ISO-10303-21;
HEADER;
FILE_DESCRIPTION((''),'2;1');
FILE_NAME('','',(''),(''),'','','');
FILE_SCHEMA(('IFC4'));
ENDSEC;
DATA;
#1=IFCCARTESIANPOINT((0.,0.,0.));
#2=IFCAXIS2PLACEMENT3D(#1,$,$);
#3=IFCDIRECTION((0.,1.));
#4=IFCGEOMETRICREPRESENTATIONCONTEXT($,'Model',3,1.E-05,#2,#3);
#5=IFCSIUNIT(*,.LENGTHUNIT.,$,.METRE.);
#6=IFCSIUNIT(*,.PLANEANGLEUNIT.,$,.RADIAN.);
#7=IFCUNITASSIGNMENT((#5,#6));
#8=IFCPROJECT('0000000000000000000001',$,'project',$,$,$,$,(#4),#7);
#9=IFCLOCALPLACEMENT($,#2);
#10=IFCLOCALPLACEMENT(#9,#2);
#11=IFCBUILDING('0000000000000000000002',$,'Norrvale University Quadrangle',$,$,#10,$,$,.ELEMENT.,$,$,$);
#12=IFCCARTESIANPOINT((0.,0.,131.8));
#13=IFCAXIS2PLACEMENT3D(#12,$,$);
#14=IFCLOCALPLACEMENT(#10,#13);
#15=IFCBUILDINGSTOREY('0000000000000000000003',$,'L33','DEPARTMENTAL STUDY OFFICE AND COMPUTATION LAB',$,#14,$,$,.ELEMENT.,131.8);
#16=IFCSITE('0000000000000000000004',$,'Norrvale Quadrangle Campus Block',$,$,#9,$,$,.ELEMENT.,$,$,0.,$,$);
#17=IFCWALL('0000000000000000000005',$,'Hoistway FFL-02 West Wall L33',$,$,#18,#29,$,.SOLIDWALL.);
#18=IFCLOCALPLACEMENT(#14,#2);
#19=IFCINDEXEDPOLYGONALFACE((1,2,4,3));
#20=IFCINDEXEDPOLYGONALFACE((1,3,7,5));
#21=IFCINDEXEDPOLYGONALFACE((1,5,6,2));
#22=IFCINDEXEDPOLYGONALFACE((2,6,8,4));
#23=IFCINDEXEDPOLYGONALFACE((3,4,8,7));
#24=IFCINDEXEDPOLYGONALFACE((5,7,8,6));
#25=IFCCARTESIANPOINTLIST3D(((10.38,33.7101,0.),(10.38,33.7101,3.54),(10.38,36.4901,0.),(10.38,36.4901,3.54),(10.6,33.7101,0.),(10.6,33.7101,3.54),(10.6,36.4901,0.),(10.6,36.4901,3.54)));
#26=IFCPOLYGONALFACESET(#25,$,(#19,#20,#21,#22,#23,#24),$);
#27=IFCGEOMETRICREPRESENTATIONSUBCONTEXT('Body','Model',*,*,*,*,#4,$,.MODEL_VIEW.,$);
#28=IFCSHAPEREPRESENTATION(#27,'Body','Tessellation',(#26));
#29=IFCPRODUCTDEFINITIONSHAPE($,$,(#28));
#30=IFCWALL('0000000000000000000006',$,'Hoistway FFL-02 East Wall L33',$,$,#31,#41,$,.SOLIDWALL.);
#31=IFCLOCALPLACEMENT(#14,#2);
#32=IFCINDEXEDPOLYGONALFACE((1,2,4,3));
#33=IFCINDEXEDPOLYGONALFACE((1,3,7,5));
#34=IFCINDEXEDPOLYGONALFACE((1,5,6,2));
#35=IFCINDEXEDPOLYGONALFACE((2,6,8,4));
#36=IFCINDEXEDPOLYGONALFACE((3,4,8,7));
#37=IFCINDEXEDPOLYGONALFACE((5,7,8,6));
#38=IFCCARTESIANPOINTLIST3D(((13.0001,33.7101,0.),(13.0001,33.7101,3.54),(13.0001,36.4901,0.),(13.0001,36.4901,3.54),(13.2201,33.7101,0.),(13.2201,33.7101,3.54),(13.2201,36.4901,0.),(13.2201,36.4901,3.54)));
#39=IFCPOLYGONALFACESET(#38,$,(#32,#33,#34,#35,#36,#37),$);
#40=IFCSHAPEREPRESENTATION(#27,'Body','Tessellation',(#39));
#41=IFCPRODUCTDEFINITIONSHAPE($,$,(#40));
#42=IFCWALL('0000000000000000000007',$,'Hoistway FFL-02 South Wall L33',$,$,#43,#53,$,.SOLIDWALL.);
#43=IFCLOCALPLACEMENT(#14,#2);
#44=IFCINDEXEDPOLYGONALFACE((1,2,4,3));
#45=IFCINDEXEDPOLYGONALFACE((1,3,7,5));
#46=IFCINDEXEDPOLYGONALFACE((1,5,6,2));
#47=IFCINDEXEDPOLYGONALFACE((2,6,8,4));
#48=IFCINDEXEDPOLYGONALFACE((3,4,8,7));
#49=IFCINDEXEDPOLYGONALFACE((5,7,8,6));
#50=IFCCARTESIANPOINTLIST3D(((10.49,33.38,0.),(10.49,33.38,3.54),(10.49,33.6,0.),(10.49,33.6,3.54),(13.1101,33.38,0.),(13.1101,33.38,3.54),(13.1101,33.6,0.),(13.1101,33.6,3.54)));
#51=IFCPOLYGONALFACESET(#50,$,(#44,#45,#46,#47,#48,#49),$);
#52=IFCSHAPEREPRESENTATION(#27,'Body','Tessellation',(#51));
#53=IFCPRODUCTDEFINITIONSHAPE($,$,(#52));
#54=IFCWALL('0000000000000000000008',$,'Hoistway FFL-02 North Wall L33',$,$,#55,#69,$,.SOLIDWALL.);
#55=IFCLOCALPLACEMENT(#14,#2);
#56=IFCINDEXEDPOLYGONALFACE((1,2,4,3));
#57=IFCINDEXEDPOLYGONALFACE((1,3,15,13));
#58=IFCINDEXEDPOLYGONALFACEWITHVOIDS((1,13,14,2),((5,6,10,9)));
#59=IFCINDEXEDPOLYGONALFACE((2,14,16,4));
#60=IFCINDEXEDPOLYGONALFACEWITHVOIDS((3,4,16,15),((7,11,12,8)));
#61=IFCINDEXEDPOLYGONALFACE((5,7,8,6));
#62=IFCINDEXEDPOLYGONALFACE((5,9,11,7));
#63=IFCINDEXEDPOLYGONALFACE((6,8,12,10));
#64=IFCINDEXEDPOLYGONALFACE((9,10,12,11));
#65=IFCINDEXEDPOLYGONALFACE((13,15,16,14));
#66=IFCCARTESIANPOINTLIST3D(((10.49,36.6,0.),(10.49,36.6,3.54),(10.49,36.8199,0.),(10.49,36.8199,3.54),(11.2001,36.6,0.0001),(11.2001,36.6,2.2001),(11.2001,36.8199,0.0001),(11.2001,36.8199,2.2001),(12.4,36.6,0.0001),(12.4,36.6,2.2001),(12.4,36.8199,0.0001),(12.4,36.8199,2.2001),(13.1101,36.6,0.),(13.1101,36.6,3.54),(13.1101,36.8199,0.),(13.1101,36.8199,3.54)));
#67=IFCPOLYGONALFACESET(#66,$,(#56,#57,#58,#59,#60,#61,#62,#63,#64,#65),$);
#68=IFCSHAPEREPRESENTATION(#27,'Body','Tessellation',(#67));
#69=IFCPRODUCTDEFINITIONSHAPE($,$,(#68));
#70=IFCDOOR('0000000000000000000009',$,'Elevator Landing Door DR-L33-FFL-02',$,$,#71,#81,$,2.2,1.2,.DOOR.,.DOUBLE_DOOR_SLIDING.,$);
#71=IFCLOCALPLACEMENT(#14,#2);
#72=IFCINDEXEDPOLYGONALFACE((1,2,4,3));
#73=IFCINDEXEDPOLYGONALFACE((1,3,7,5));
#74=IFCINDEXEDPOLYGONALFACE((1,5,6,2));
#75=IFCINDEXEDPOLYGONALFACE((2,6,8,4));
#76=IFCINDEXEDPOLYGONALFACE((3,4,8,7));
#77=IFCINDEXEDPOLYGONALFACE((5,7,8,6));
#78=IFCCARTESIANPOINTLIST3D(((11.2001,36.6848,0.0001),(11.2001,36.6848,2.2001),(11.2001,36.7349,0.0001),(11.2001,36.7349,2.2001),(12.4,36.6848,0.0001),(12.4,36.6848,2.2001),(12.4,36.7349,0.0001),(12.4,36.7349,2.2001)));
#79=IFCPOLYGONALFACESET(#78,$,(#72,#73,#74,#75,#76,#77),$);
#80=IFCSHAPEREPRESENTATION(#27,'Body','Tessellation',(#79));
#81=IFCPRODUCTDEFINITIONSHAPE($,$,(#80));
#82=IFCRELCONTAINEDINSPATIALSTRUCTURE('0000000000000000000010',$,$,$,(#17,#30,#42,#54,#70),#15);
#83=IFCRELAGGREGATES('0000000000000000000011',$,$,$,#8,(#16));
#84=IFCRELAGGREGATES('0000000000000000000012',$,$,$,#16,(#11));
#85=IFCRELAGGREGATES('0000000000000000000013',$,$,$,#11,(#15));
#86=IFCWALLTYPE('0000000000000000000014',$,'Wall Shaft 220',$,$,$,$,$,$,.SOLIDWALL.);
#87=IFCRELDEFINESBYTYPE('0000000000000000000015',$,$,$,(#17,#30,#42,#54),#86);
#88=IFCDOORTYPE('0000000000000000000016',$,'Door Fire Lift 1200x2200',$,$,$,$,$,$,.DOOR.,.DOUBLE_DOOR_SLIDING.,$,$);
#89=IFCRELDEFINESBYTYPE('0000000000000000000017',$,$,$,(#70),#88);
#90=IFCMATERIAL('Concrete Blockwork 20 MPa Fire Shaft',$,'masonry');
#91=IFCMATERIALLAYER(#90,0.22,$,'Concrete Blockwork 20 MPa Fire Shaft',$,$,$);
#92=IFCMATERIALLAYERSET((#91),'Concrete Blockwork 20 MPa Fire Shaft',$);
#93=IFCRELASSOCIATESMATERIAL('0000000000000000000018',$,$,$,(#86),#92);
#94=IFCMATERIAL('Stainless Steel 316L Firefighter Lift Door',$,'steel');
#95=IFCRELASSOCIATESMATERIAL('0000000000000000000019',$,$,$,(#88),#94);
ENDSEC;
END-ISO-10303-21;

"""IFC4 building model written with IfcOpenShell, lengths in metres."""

from ifc_helpers import new_model, si_unit, direction, frame, frame_2d, origin, place, context, subcontext, project, spatial, rectangle, extrude, material, layer, layer_set, type_object, element, fill, save


model = new_model("IFC4")

# Units and contexts
model_context = context("Model", 3, precision=1e-05, world=origin(), true_north=direction((0.0, 1.0)))
body_context = subcontext(model_context, "Body", "Model", "MODEL_VIEW")
ifc_project = project(units=[si_unit("LENGTHUNIT", "METRE"), si_unit("PLANEANGLEUNIT", "RADIAN")], contexts=[model_context])

# Site, building, storey
site_placement = place(None, origin())
site = spatial("IfcSite", under=ifc_project, at=site_placement, Name="Norrvale Quadrangle Campus Block", CompositionType="ELEMENT", RefElevation=0.0)
building_placement = place(site_placement, origin())
building = spatial("IfcBuilding", under=site, at=building_placement, Name="Norrvale University Quadrangle", CompositionType="ELEMENT")
storey_placement = place(building_placement, frame((0.0, 0.0, 131.8)))
storey = spatial("IfcBuildingStorey", under=building, at=storey_placement, Name="L33", Description="DEPARTMENTAL STUDY OFFICE AND COMPUTATION LAB", CompositionType="ELEMENT", Elevation=131.8)

# Shared definitions
ifc_material_1 = material(Name="Concrete Blockwork 20 MPa Fire Shaft", Category="masonry")
ifc_layer_1 = layer(ifc_material_1, 0.22, Name="Concrete Blockwork 20 MPa Fire Shaft")
ifc_layer_set_1 = layer_set([ifc_layer_1], Name="Concrete Blockwork 20 MPa Fire Shaft")
wall_type_1 = type_object("IfcWallType", Name="Wall Shaft 220", PredefinedType="SOLIDWALL", material=ifc_layer_set_1)

# Shared definitions
ifc_material_2 = material(Name="Stainless Steel 316L Firefighter Lift Door", Category="steel")
door_type_1 = type_object("IfcDoorType", Name="Door Fire Lift 1200x2200", OperationType="DOUBLE_DOOR_SLIDING", PredefinedType="DOOR", material=ifc_material_2)

# Walls
for number, where, z_axis, x_axis, name in (
    (1, (10.49, 33.71, 0.0), (0.0, 0.0, 1.0), (0.0, 1.0, 0.0), "Hoistway FFL-02 West Wall L33"),
    (2, (13.1101, 33.71, 0.0), (0.0, 0.0, 1.0), (0.0, 1.0, 0.0), "Hoistway FFL-02 East Wall L33"),
):
    element("IfcWall", number, at=place(storey_placement, frame(where, z_axis=z_axis, x_axis=x_axis)), inside=storey, type_object=wall_type_1, Name=name, PredefinedType="SOLIDWALL", context=body_context, shape_type="SweptSolid", body=[
        extrude(rectangle(XDim=2.78, YDim=0.22, at=frame_2d((1.3901, 0.0))), origin(), (0.0, 0.0, 1.0), 3.54),
    ])
wall_1_placement = place(storey_placement, frame((10.49, 33.49, 0.0), z_axis=(0.0, 0.0, 1.0), x_axis=(1.0, 0.0, 0.0)))
element("IfcWall", 3, at=wall_1_placement, inside=storey, type_object=wall_type_1, Name="Hoistway FFL-02 South Wall L33", PredefinedType="SOLIDWALL", context=body_context, shape_type="SweptSolid", body=[
    extrude(rectangle(XDim=2.6201, YDim=0.22, at=frame_2d((1.3101, 0.0))), origin(), (0.0, 0.0, 1.0), 3.54),
])

# Wall, opening, door
wall_2_placement = place(storey_placement, frame((10.49, 36.71, 0.0), z_axis=(0.0, 0.0, 1.0), x_axis=(1.0, 0.0, 0.0)))
wall_2 = element("IfcWall", 4, at=wall_2_placement, inside=storey, type_object=wall_type_1, Name="Hoistway FFL-02 North Wall L33", PredefinedType="SOLIDWALL", context=body_context, shape_type="SweptSolid", body=[
    extrude(rectangle(XDim=2.6201, YDim=0.22, at=frame_2d((1.3101, 0.0))), origin(), (0.0, 0.0, 1.0), 3.54),
])
opening_1_placement = place(wall_2_placement, frame((0.71, 0.0, 0.0)))
opening_1 = element("IfcOpeningElement", 5, at=opening_1_placement, cuts=wall_2, PredefinedType="OPENING", context=body_context, shape_type="SweptSolid", body=[
    extrude(rectangle(XDim=1.2, YDim=2.2, at=frame_2d((0.6001, 1.1001))), frame((0.0, 0.1221, 0.0), z_axis=(0.0, -1.0, 0.0), x_axis=(1.0, 0.0, 0.0)), (0.0, 0.0, 1.0), 0.2439),
])
door_1_placement = place(opening_1_placement, origin())
door_1 = element("IfcDoor", 6, at=door_1_placement, inside=storey, type_object=door_type_1, Name="Elevator Landing Door DR-L33-FFL-02", OperationType="DOUBLE_DOOR_SLIDING", OverallHeight=2.2, OverallWidth=1.2, PredefinedType="DOOR", context=body_context, shape_type="SweptSolid", body=[
    extrude(rectangle(XDim=1.2, YDim=2.2, at=frame_2d((0.6001, 1.1001))), frame((0.0, 0.0249, 0.0), z_axis=(0.0, -1.0, 0.0), x_axis=(1.0, 0.0, 0.0)), (0.0, 0.0, 1.0), 0.05),
])
fill(opening_1, door_1)

save(model, "model.ifc")
